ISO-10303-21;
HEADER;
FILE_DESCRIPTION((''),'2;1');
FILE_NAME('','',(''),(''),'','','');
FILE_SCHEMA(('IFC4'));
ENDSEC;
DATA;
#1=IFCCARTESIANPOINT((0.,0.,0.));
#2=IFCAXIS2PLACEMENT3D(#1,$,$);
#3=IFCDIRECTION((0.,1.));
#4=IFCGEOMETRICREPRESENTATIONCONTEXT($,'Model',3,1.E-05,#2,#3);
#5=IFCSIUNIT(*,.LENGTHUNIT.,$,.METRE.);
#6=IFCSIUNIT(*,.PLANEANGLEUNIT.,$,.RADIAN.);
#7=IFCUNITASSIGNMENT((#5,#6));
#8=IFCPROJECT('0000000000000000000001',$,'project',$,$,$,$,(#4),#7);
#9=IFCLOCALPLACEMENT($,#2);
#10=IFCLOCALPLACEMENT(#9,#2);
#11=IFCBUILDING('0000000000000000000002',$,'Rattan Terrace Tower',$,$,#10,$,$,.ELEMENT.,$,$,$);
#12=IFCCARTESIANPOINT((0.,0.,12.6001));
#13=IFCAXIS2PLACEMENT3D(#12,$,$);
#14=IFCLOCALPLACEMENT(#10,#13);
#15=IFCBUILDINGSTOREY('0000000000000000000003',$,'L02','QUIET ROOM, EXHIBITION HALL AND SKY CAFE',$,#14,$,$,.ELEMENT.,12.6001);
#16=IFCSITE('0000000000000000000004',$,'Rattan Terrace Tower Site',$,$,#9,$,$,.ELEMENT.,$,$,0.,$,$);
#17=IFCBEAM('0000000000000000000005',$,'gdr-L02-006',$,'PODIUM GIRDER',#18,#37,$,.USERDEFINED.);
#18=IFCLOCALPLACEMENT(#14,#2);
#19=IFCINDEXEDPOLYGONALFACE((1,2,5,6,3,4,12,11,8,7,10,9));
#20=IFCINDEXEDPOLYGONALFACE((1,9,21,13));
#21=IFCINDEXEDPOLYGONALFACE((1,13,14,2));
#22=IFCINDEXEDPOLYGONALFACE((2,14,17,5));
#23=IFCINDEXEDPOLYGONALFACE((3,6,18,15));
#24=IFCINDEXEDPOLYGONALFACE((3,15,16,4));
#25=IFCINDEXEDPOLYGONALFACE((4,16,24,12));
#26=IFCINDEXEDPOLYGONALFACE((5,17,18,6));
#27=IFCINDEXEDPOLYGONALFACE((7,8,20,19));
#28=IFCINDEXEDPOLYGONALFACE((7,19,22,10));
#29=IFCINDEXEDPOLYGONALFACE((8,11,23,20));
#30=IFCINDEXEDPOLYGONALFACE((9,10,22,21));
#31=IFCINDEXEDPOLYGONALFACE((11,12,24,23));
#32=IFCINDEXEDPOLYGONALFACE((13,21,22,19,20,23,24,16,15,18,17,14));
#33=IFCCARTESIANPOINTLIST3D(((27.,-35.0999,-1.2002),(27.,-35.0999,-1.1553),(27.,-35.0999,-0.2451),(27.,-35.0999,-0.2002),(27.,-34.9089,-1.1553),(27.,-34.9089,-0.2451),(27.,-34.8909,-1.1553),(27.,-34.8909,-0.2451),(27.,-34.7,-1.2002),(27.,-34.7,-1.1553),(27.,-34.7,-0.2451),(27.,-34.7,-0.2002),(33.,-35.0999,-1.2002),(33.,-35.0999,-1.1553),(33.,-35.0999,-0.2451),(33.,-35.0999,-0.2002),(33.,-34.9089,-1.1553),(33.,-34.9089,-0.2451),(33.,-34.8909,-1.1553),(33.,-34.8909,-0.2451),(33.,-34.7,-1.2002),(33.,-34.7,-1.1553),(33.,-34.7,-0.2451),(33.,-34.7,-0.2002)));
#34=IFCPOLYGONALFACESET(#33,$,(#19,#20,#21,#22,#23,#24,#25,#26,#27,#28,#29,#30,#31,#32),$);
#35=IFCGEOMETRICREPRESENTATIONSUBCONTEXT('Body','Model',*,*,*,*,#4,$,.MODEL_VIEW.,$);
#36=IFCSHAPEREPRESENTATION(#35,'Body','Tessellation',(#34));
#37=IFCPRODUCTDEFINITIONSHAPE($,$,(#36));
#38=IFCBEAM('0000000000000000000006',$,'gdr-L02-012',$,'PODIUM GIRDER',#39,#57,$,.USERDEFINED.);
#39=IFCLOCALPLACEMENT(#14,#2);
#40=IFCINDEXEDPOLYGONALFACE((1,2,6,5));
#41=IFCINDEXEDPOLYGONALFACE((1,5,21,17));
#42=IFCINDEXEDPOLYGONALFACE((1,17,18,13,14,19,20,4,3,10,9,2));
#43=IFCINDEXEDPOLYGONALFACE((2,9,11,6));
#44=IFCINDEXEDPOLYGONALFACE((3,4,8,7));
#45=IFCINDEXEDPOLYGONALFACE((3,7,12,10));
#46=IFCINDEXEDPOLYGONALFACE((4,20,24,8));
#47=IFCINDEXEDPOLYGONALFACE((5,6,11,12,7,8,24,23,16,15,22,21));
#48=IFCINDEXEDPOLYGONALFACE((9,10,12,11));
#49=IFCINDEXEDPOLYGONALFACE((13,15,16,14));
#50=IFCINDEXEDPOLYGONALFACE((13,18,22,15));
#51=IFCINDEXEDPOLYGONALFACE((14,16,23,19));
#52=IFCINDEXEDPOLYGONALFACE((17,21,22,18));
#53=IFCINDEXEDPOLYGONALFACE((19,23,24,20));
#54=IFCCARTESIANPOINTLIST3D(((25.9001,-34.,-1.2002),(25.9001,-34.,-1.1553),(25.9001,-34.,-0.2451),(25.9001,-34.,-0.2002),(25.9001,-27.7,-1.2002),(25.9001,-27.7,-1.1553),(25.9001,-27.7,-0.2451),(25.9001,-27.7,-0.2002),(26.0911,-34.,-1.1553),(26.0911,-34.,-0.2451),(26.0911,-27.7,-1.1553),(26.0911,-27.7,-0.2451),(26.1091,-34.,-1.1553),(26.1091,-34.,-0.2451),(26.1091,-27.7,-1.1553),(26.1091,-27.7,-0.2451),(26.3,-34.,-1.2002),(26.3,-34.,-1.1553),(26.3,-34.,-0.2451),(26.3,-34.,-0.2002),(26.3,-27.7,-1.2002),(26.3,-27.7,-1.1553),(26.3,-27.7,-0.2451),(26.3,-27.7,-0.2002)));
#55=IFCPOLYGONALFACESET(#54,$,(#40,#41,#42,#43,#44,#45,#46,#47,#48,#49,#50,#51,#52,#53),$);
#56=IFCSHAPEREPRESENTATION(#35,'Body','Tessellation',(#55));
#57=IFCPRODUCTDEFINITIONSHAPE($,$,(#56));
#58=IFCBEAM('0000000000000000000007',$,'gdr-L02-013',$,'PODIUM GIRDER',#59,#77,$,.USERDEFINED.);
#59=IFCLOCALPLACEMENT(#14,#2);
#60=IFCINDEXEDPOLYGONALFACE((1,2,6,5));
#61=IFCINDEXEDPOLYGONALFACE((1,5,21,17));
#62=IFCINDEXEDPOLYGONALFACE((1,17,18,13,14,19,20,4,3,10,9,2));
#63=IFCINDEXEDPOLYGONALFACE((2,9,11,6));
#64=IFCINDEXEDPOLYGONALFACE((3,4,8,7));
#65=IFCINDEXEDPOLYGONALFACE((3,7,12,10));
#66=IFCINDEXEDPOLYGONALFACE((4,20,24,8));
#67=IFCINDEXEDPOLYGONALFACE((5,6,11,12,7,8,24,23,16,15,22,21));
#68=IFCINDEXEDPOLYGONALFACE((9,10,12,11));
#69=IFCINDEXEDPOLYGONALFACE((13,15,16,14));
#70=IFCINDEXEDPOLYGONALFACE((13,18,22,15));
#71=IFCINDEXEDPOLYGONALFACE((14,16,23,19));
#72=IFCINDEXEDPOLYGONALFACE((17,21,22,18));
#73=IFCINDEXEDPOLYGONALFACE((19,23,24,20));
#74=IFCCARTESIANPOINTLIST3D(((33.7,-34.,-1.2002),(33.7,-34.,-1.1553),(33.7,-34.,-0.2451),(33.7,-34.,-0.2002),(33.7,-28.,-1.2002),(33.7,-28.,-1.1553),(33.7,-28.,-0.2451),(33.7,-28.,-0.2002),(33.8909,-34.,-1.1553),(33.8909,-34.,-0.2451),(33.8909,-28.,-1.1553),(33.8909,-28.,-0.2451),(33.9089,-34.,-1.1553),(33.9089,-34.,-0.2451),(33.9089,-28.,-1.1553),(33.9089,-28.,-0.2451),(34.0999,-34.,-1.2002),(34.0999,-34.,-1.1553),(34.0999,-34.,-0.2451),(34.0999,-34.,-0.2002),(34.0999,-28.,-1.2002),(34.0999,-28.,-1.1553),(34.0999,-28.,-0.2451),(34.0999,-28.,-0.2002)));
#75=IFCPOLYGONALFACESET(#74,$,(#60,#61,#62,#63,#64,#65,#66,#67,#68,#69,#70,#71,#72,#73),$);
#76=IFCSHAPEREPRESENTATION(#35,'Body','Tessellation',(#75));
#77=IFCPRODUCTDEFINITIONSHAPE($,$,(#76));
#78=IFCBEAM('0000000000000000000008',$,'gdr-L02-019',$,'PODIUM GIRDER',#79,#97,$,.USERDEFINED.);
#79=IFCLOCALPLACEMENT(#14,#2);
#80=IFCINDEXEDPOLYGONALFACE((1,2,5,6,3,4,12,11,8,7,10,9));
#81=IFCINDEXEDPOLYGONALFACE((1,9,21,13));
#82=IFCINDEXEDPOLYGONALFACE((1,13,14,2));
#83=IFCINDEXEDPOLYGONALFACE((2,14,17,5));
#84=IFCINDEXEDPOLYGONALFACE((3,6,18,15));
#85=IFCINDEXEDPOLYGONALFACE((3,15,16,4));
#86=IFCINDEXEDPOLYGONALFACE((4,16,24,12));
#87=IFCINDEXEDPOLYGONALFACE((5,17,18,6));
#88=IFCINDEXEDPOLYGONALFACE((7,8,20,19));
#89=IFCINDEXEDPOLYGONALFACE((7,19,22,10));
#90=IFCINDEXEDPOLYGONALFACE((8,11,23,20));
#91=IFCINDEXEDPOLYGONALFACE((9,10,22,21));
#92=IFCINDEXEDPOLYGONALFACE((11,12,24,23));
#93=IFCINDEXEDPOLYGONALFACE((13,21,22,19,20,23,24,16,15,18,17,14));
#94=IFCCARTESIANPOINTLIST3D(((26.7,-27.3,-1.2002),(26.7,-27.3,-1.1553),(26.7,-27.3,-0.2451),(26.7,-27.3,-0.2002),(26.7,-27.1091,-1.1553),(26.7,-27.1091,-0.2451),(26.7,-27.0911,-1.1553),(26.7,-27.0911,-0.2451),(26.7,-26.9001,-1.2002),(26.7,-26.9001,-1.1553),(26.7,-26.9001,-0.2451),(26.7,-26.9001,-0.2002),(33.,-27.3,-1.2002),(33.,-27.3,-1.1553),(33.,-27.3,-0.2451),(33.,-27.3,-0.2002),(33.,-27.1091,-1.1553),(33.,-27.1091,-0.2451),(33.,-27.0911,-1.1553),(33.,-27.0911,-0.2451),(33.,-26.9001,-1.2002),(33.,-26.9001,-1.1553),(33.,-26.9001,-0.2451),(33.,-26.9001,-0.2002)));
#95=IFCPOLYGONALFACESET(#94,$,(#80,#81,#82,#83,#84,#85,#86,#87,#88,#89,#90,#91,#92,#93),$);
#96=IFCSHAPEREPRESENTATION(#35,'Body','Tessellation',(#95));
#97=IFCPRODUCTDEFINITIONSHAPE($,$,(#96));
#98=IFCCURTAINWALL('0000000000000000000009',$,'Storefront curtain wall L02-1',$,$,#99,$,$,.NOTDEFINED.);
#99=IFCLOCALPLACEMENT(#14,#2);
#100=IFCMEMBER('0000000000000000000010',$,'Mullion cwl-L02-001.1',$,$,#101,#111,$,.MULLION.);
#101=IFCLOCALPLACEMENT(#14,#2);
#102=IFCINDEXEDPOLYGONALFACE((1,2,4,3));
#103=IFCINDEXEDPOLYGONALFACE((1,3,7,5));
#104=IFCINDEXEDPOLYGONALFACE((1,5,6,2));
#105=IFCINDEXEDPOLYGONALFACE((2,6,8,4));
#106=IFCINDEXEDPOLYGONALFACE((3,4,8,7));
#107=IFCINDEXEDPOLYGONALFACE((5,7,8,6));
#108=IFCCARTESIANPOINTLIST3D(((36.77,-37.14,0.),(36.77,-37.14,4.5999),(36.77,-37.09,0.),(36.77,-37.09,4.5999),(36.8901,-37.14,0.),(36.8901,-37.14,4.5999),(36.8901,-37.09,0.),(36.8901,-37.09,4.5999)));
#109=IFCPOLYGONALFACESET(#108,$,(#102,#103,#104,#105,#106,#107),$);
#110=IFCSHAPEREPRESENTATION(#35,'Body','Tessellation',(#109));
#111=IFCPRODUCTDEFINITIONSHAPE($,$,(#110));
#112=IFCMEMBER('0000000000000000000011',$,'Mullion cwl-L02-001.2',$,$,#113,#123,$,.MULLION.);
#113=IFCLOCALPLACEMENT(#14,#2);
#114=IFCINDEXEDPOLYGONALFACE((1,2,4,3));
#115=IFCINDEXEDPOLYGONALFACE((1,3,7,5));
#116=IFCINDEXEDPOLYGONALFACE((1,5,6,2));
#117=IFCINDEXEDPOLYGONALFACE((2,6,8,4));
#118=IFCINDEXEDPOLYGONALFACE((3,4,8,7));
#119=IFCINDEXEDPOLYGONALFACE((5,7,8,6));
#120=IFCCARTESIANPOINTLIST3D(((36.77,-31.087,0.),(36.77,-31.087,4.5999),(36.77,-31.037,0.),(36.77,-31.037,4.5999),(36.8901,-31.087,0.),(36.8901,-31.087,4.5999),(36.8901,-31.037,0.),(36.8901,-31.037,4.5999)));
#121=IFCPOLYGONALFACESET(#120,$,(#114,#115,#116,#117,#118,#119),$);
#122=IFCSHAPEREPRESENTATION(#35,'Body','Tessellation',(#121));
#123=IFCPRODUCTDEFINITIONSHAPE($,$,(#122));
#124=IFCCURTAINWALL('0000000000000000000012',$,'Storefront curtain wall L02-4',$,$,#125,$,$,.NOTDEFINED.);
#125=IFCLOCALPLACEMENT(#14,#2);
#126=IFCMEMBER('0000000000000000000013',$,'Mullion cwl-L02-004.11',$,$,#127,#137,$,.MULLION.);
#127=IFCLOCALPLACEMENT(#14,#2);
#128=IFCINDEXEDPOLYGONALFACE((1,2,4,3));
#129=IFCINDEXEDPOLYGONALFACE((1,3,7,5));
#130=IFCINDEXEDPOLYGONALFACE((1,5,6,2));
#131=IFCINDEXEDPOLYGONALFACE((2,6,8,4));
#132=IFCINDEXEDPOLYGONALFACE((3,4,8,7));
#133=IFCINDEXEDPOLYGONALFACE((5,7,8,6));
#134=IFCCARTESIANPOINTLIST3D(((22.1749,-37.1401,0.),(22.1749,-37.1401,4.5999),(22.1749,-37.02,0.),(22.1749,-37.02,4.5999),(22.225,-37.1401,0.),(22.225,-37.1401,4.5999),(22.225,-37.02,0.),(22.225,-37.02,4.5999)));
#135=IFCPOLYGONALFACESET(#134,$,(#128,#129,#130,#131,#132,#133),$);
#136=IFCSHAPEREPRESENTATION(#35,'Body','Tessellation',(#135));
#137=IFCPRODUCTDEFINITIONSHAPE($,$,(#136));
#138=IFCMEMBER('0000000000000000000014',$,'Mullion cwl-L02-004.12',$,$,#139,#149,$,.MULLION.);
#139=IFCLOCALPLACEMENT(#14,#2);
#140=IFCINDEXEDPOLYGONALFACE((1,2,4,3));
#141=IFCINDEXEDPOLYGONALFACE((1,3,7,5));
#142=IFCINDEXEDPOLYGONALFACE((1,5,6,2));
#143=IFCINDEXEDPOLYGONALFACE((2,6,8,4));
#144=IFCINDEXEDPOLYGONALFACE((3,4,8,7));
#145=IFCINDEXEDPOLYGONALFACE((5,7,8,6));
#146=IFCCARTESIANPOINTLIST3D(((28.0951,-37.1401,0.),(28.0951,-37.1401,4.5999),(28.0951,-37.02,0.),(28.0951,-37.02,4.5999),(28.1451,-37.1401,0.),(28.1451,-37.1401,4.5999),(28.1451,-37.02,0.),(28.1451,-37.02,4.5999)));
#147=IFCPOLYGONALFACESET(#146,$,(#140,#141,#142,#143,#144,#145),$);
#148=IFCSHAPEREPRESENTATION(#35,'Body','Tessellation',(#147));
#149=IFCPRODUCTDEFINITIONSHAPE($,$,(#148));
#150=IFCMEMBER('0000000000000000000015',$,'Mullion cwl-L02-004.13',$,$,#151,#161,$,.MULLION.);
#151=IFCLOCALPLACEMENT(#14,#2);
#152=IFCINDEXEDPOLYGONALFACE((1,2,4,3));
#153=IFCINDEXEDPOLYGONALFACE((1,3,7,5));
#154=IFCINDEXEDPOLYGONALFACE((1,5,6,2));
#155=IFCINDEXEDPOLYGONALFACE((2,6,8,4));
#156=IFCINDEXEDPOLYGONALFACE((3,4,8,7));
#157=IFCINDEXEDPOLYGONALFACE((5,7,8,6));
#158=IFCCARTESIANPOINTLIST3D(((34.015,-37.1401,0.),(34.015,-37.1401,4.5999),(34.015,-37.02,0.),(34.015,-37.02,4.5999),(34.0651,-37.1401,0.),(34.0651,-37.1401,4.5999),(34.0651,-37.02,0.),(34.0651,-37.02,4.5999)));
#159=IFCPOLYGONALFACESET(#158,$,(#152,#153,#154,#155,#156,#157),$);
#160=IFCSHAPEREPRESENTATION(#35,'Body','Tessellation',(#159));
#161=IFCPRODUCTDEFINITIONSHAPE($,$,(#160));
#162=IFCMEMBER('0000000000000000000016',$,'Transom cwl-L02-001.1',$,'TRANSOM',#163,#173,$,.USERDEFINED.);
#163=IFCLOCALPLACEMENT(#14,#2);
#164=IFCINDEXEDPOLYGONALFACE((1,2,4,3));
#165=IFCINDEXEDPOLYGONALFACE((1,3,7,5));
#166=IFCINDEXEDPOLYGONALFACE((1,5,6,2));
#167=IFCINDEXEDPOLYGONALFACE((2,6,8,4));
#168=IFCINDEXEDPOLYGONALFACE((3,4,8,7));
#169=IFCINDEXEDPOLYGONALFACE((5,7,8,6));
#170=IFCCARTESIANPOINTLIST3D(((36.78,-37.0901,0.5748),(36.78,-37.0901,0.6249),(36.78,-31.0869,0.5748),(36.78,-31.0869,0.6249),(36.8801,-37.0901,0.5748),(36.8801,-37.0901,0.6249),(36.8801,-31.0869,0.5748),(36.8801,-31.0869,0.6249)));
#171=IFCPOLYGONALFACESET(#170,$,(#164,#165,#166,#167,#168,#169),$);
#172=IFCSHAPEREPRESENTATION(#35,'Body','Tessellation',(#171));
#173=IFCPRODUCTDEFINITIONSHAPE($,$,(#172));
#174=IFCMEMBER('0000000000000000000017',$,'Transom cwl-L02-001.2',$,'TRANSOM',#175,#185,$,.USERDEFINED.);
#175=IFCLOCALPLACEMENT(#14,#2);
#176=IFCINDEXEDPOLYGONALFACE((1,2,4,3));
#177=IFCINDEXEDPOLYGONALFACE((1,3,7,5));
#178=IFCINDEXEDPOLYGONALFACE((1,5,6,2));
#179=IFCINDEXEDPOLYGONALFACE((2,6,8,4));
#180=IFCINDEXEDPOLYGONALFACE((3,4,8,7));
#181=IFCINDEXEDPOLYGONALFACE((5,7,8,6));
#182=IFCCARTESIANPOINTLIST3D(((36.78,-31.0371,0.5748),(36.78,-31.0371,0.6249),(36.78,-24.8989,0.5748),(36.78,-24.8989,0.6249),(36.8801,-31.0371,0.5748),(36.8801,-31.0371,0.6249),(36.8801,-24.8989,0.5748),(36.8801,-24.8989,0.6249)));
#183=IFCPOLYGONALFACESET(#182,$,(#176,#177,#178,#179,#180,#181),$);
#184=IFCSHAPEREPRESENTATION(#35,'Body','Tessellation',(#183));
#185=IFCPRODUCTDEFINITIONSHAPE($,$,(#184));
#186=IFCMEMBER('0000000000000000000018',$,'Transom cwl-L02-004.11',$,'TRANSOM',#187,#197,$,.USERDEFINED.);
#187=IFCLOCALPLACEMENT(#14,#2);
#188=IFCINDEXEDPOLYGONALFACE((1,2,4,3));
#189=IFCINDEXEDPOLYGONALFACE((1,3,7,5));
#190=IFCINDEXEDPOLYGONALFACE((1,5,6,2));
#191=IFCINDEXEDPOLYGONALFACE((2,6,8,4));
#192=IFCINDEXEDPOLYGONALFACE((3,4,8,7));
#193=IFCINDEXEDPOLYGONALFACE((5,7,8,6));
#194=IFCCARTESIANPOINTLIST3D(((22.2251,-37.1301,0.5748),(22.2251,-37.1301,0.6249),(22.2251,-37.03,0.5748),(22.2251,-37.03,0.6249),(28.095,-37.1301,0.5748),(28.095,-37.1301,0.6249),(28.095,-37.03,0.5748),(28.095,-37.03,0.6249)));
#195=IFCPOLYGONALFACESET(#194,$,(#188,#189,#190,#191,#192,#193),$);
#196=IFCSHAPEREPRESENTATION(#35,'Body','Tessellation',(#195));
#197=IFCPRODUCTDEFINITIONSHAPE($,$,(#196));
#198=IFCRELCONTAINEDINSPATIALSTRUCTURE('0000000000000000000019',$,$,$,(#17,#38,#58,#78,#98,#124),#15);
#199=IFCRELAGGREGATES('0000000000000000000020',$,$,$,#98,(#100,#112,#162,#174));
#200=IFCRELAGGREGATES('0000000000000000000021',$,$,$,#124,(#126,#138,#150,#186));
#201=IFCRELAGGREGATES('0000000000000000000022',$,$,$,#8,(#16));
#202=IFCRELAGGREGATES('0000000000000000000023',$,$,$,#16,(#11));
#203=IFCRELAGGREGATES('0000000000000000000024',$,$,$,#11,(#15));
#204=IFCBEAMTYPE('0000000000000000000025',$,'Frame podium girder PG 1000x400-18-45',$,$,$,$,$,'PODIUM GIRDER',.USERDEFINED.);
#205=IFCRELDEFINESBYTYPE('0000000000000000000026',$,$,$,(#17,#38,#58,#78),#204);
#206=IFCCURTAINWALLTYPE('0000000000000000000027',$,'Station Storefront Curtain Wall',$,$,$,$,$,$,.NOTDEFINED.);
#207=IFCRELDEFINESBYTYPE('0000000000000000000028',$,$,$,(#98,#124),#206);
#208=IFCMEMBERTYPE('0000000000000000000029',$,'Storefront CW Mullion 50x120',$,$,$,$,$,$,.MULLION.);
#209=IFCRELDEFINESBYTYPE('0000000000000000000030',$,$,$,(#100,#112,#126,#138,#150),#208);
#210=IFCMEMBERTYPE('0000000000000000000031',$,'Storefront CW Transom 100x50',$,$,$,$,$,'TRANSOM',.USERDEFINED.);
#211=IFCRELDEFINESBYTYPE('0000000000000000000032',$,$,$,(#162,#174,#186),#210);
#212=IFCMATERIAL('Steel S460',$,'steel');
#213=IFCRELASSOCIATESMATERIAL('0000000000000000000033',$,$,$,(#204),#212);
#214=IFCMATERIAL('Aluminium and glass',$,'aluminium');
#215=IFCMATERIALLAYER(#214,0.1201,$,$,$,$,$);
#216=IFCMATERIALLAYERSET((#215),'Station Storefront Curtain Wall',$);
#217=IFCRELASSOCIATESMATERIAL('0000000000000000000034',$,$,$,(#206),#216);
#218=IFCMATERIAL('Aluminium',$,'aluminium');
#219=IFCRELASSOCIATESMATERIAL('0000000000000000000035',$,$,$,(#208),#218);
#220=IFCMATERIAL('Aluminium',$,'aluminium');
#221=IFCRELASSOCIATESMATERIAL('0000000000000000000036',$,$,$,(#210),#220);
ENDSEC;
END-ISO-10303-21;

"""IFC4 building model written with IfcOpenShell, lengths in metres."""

from ifc_helpers import new_model, si_unit, direction, frame, origin, origin_2d, place, context, subcontext, project, spatial, rectangle, i_section, extrude, material, layer, layer_set, material_profile, profile_set, type_object, element, aggregate, save


model = new_model("IFC4")

# Units and contexts
model_context = context("Model", 3, precision=1e-05, world=origin(), true_north=direction((0.0, 1.0)))
body_context = subcontext(model_context, "Body", "Model", "MODEL_VIEW")
ifc_project = project(units=[si_unit("LENGTHUNIT", "METRE"), si_unit("PLANEANGLEUNIT", "RADIAN")], contexts=[model_context])

# Site, building, storey
site_placement = place(None, origin())
site = spatial("IfcSite", under=ifc_project, at=site_placement, Name="Rattan Terrace Tower Site", CompositionType="ELEMENT", RefElevation=0.0)
building_placement = place(site_placement, origin())
building = spatial("IfcBuilding", under=site, at=building_placement, Name="Rattan Terrace Tower", CompositionType="ELEMENT")
storey_placement = place(building_placement, frame((0.0, 0.0, 12.6001)))
storey = spatial("IfcBuildingStorey", under=building, at=storey_placement, Name="L02", Description="QUIET ROOM, EXHIBITION HALL AND SKY CAFE", CompositionType="ELEMENT", Elevation=12.6001)

# Beams
ifc_material_1 = material(Name="Steel S460", Category="steel")
ifc_material_profile_1 = material_profile(ifc_material_1, i_section(OverallWidth=0.3999, OverallDepth=1.0, WebThickness=0.0181, FlangeThickness=0.0449, at=origin_2d()), Name="PG 1000x400-18-45")
ifc_profile_set_1 = profile_set([ifc_material_profile_1], Name="Steel S460")
beam_type_1 = type_object("IfcBeamType", Name="Frame podium girder PG 1000x400-18-45", ElementType="PODIUM GIRDER", PredefinedType="USERDEFINED", material=ifc_profile_set_1)
beam_1_placement = place(storey_placement, frame((27.0, -34.8999, -0.7002), z_axis=(1.0, 0.0, 0.0), x_axis=(0.0, 1.0, 0.0)))
element("IfcBeam", 1, at=beam_1_placement, inside=storey, type_object=beam_type_1, Name="gdr-L02-006", ObjectType="PODIUM GIRDER", PredefinedType="USERDEFINED", context=body_context, shape_type="SweptSolid", body=[
    extrude(i_section(OverallWidth=0.3999, OverallDepth=1.0, WebThickness=0.0181, FlangeThickness=0.0449, at=origin_2d()), origin(), (0.0, 0.0, 1.0), 6.0),
])
beam_2_placement = place(storey_placement, frame((26.1001, -34.0, -0.7002), z_axis=(0.0, 1.0, 0.0), x_axis=(-1.0, 0.0, 0.0)))
element("IfcBeam", 2, at=beam_2_placement, inside=storey, type_object=beam_type_1, Name="gdr-L02-012", ObjectType="PODIUM GIRDER", PredefinedType="USERDEFINED", context=body_context, shape_type="SweptSolid", body=[
    extrude(i_section(OverallWidth=0.3999, OverallDepth=1.0, WebThickness=0.0181, FlangeThickness=0.0449, at=origin_2d()), origin(), (0.0, 0.0, 1.0), 6.3),
])
beam_3_placement = place(storey_placement, frame((33.8999, -34.0, -0.7002), z_axis=(0.0, 1.0, 0.0), x_axis=(-1.0, 0.0, 0.0)))
element("IfcBeam", 3, at=beam_3_placement, inside=storey, type_object=beam_type_1, Name="gdr-L02-013", ObjectType="PODIUM GIRDER", PredefinedType="USERDEFINED", context=body_context, shape_type="SweptSolid", body=[
    extrude(i_section(OverallWidth=0.3999, OverallDepth=1.0, WebThickness=0.0181, FlangeThickness=0.0449, at=origin_2d()), origin(), (0.0, 0.0, 1.0), 6.0),
])
beam_4_placement = place(storey_placement, frame((26.7, -27.1001, -0.7002), z_axis=(1.0, 0.0, 0.0), x_axis=(0.0, 1.0, 0.0)))
element("IfcBeam", 4, at=beam_4_placement, inside=storey, type_object=beam_type_1, Name="gdr-L02-019", ObjectType="PODIUM GIRDER", PredefinedType="USERDEFINED", context=body_context, shape_type="SweptSolid", body=[
    extrude(i_section(OverallWidth=0.3999, OverallDepth=1.0, WebThickness=0.0181, FlangeThickness=0.0449, at=origin_2d()), origin(), (0.0, 0.0, 1.0), 6.3),
])

# Curtain walls, members
ifc_material_2 = material(Name="Aluminium and glass", Category="aluminium")
ifc_layer_1 = layer(ifc_material_2, 0.1201)
ifc_layer_set_1 = layer_set([ifc_layer_1], Name="Station Storefront Curtain Wall")
curtain_wall_type = type_object("IfcCurtainWallType", Name="Station Storefront Curtain Wall", PredefinedType="NOTDEFINED", material=ifc_layer_set_1)
curtain_wall_1_placement = place(storey_placement, origin())
curtain_wall_1 = element("IfcCurtainWall", 5, at=curtain_wall_1_placement, inside=storey, type_object=curtain_wall_type, Name="Storefront curtain wall L02-1", PredefinedType="NOTDEFINED")
ifc_material_3 = material(Name="Aluminium", Category="aluminium")
ifc_material_profile_2 = material_profile(ifc_material_3, rectangle(XDim=0.05, YDim=0.1201, at=origin_2d()), Name="Aluminium 50x120")
ifc_profile_set_2 = profile_set([ifc_material_profile_2], Name="Aluminium")
member_type_1 = type_object("IfcMemberType", Name="Storefront CW Mullion 50x120", PredefinedType="MULLION", material=ifc_profile_set_2)
member_1_placement = place(storey_placement, frame((36.8301, -37.115, 0.0), z_axis=(0.0, 0.0, 1.0), x_axis=(0.0, 1.0, 0.0)))
member_1 = element("IfcMember", 6, at=member_1_placement, type_object=member_type_1, Name="Mullion cwl-L02-001.1", PredefinedType="MULLION", context=body_context, shape_type="SweptSolid", body=[
    extrude(rectangle(XDim=0.05, YDim=0.1201, at=origin_2d()), origin(), (0.0, 0.0, 1.0), 4.5999),
])
member_2_placement = place(storey_placement, frame((36.8301, -31.062, 0.0), z_axis=(0.0, 0.0, 1.0), x_axis=(0.0, 1.0, 0.0)))
member_2 = element("IfcMember", 7, at=member_2_placement, type_object=member_type_1, Name="Mullion cwl-L02-001.2", PredefinedType="MULLION", context=body_context, shape_type="SweptSolid", body=[
    extrude(rectangle(XDim=0.05, YDim=0.1201, at=origin_2d()), origin(), (0.0, 0.0, 1.0), 4.5999),
])
curtain_wall_2_placement = place(storey_placement, origin())
curtain_wall_2 = element("IfcCurtainWall", 8, at=curtain_wall_2_placement, inside=storey, type_object=curtain_wall_type, Name="Storefront curtain wall L02-4", PredefinedType="NOTDEFINED")
member_3_placement = place(storey_placement, frame((22.2, -37.0801, 0.0), z_axis=(0.0, 0.0, 1.0), x_axis=(1.0, 0.0, 0.0)))
member_3 = element("IfcMember", 9, at=member_3_placement, type_object=member_type_1, Name="Mullion cwl-L02-004.11", PredefinedType="MULLION", context=body_context, shape_type="SweptSolid", body=[
    extrude(rectangle(XDim=0.05, YDim=0.1201, at=origin_2d()), origin(), (0.0, 0.0, 1.0), 4.5999),
])
member_4_placement = place(storey_placement, frame((28.1201, -37.0801, 0.0), z_axis=(0.0, 0.0, 1.0), x_axis=(1.0, 0.0, 0.0)))
member_4 = element("IfcMember", 10, at=member_4_placement, type_object=member_type_1, Name="Mullion cwl-L02-004.12", PredefinedType="MULLION", context=body_context, shape_type="SweptSolid", body=[
    extrude(rectangle(XDim=0.05, YDim=0.1201, at=origin_2d()), origin(), (0.0, 0.0, 1.0), 4.5999),
])
member_5_placement = place(storey_placement, frame((34.04, -37.0801, 0.0), z_axis=(0.0, 0.0, 1.0), x_axis=(1.0, 0.0, 0.0)))
member_5 = element("IfcMember", 11, at=member_5_placement, type_object=member_type_1, Name="Mullion cwl-L02-004.13", PredefinedType="MULLION", context=body_context, shape_type="SweptSolid", body=[
    extrude(rectangle(XDim=0.05, YDim=0.1201, at=origin_2d()), origin(), (0.0, 0.0, 1.0), 4.5999),
])

# Members
ifc_material_4 = material(Name="Aluminium", Category="aluminium")
ifc_material_profile_3 = material_profile(ifc_material_4, rectangle(XDim=0.1001, YDim=0.05, at=origin_2d()), Name="Aluminium 100x50")
ifc_profile_set_3 = profile_set([ifc_material_profile_3], Name="Aluminium")
member_type_2 = type_object("IfcMemberType", Name="Storefront CW Transom 100x50", ElementType="TRANSOM", PredefinedType="USERDEFINED", material=ifc_profile_set_3)
member_6_placement = place(storey_placement, frame((36.8301, -37.0901, 0.5999), z_axis=(0.0, 1.0, 0.0), x_axis=(-1.0, 0.0, 0.0)))
member_6 = element("IfcMember", 12, at=member_6_placement, type_object=member_type_2, Name="Transom cwl-L02-001.1", ObjectType="TRANSOM", PredefinedType="USERDEFINED", context=body_context, shape_type="SweptSolid", body=[
    extrude(rectangle(XDim=0.1001, YDim=0.05, at=origin_2d()), origin(), (0.0, 0.0, 1.0), 6.0032),
])
member_7_placement = place(storey_placement, frame((36.8301, -31.0371, 0.5999), z_axis=(0.0, 1.0, 0.0), x_axis=(-1.0, 0.0, 0.0)))
member_7 = element("IfcMember", 13, at=member_7_placement, type_object=member_type_2, Name="Transom cwl-L02-001.2", ObjectType="TRANSOM", PredefinedType="USERDEFINED", context=body_context, shape_type="SweptSolid", body=[
    extrude(rectangle(XDim=0.1001, YDim=0.05, at=origin_2d()), origin(), (0.0, 0.0, 1.0), 6.1382),
])
member_8_placement = place(storey_placement, frame((22.2251, -37.0801, 0.5999), z_axis=(1.0, 0.0, 0.0), x_axis=(0.0, 1.0, 0.0)))
member_8 = element("IfcMember", 14, at=member_8_placement, type_object=member_type_2, Name="Transom cwl-L02-004.11", ObjectType="TRANSOM", PredefinedType="USERDEFINED", context=body_context, shape_type="SweptSolid", body=[
    extrude(rectangle(XDim=0.1001, YDim=0.05, at=origin_2d()), origin(), (0.0, 0.0, 1.0), 5.8699),
])

aggregate(curtain_wall_1, [member_1, member_2, member_6, member_7])
aggregate(curtain_wall_2, [member_3, member_4, member_5, member_8])

save(model, "model.ifc")
